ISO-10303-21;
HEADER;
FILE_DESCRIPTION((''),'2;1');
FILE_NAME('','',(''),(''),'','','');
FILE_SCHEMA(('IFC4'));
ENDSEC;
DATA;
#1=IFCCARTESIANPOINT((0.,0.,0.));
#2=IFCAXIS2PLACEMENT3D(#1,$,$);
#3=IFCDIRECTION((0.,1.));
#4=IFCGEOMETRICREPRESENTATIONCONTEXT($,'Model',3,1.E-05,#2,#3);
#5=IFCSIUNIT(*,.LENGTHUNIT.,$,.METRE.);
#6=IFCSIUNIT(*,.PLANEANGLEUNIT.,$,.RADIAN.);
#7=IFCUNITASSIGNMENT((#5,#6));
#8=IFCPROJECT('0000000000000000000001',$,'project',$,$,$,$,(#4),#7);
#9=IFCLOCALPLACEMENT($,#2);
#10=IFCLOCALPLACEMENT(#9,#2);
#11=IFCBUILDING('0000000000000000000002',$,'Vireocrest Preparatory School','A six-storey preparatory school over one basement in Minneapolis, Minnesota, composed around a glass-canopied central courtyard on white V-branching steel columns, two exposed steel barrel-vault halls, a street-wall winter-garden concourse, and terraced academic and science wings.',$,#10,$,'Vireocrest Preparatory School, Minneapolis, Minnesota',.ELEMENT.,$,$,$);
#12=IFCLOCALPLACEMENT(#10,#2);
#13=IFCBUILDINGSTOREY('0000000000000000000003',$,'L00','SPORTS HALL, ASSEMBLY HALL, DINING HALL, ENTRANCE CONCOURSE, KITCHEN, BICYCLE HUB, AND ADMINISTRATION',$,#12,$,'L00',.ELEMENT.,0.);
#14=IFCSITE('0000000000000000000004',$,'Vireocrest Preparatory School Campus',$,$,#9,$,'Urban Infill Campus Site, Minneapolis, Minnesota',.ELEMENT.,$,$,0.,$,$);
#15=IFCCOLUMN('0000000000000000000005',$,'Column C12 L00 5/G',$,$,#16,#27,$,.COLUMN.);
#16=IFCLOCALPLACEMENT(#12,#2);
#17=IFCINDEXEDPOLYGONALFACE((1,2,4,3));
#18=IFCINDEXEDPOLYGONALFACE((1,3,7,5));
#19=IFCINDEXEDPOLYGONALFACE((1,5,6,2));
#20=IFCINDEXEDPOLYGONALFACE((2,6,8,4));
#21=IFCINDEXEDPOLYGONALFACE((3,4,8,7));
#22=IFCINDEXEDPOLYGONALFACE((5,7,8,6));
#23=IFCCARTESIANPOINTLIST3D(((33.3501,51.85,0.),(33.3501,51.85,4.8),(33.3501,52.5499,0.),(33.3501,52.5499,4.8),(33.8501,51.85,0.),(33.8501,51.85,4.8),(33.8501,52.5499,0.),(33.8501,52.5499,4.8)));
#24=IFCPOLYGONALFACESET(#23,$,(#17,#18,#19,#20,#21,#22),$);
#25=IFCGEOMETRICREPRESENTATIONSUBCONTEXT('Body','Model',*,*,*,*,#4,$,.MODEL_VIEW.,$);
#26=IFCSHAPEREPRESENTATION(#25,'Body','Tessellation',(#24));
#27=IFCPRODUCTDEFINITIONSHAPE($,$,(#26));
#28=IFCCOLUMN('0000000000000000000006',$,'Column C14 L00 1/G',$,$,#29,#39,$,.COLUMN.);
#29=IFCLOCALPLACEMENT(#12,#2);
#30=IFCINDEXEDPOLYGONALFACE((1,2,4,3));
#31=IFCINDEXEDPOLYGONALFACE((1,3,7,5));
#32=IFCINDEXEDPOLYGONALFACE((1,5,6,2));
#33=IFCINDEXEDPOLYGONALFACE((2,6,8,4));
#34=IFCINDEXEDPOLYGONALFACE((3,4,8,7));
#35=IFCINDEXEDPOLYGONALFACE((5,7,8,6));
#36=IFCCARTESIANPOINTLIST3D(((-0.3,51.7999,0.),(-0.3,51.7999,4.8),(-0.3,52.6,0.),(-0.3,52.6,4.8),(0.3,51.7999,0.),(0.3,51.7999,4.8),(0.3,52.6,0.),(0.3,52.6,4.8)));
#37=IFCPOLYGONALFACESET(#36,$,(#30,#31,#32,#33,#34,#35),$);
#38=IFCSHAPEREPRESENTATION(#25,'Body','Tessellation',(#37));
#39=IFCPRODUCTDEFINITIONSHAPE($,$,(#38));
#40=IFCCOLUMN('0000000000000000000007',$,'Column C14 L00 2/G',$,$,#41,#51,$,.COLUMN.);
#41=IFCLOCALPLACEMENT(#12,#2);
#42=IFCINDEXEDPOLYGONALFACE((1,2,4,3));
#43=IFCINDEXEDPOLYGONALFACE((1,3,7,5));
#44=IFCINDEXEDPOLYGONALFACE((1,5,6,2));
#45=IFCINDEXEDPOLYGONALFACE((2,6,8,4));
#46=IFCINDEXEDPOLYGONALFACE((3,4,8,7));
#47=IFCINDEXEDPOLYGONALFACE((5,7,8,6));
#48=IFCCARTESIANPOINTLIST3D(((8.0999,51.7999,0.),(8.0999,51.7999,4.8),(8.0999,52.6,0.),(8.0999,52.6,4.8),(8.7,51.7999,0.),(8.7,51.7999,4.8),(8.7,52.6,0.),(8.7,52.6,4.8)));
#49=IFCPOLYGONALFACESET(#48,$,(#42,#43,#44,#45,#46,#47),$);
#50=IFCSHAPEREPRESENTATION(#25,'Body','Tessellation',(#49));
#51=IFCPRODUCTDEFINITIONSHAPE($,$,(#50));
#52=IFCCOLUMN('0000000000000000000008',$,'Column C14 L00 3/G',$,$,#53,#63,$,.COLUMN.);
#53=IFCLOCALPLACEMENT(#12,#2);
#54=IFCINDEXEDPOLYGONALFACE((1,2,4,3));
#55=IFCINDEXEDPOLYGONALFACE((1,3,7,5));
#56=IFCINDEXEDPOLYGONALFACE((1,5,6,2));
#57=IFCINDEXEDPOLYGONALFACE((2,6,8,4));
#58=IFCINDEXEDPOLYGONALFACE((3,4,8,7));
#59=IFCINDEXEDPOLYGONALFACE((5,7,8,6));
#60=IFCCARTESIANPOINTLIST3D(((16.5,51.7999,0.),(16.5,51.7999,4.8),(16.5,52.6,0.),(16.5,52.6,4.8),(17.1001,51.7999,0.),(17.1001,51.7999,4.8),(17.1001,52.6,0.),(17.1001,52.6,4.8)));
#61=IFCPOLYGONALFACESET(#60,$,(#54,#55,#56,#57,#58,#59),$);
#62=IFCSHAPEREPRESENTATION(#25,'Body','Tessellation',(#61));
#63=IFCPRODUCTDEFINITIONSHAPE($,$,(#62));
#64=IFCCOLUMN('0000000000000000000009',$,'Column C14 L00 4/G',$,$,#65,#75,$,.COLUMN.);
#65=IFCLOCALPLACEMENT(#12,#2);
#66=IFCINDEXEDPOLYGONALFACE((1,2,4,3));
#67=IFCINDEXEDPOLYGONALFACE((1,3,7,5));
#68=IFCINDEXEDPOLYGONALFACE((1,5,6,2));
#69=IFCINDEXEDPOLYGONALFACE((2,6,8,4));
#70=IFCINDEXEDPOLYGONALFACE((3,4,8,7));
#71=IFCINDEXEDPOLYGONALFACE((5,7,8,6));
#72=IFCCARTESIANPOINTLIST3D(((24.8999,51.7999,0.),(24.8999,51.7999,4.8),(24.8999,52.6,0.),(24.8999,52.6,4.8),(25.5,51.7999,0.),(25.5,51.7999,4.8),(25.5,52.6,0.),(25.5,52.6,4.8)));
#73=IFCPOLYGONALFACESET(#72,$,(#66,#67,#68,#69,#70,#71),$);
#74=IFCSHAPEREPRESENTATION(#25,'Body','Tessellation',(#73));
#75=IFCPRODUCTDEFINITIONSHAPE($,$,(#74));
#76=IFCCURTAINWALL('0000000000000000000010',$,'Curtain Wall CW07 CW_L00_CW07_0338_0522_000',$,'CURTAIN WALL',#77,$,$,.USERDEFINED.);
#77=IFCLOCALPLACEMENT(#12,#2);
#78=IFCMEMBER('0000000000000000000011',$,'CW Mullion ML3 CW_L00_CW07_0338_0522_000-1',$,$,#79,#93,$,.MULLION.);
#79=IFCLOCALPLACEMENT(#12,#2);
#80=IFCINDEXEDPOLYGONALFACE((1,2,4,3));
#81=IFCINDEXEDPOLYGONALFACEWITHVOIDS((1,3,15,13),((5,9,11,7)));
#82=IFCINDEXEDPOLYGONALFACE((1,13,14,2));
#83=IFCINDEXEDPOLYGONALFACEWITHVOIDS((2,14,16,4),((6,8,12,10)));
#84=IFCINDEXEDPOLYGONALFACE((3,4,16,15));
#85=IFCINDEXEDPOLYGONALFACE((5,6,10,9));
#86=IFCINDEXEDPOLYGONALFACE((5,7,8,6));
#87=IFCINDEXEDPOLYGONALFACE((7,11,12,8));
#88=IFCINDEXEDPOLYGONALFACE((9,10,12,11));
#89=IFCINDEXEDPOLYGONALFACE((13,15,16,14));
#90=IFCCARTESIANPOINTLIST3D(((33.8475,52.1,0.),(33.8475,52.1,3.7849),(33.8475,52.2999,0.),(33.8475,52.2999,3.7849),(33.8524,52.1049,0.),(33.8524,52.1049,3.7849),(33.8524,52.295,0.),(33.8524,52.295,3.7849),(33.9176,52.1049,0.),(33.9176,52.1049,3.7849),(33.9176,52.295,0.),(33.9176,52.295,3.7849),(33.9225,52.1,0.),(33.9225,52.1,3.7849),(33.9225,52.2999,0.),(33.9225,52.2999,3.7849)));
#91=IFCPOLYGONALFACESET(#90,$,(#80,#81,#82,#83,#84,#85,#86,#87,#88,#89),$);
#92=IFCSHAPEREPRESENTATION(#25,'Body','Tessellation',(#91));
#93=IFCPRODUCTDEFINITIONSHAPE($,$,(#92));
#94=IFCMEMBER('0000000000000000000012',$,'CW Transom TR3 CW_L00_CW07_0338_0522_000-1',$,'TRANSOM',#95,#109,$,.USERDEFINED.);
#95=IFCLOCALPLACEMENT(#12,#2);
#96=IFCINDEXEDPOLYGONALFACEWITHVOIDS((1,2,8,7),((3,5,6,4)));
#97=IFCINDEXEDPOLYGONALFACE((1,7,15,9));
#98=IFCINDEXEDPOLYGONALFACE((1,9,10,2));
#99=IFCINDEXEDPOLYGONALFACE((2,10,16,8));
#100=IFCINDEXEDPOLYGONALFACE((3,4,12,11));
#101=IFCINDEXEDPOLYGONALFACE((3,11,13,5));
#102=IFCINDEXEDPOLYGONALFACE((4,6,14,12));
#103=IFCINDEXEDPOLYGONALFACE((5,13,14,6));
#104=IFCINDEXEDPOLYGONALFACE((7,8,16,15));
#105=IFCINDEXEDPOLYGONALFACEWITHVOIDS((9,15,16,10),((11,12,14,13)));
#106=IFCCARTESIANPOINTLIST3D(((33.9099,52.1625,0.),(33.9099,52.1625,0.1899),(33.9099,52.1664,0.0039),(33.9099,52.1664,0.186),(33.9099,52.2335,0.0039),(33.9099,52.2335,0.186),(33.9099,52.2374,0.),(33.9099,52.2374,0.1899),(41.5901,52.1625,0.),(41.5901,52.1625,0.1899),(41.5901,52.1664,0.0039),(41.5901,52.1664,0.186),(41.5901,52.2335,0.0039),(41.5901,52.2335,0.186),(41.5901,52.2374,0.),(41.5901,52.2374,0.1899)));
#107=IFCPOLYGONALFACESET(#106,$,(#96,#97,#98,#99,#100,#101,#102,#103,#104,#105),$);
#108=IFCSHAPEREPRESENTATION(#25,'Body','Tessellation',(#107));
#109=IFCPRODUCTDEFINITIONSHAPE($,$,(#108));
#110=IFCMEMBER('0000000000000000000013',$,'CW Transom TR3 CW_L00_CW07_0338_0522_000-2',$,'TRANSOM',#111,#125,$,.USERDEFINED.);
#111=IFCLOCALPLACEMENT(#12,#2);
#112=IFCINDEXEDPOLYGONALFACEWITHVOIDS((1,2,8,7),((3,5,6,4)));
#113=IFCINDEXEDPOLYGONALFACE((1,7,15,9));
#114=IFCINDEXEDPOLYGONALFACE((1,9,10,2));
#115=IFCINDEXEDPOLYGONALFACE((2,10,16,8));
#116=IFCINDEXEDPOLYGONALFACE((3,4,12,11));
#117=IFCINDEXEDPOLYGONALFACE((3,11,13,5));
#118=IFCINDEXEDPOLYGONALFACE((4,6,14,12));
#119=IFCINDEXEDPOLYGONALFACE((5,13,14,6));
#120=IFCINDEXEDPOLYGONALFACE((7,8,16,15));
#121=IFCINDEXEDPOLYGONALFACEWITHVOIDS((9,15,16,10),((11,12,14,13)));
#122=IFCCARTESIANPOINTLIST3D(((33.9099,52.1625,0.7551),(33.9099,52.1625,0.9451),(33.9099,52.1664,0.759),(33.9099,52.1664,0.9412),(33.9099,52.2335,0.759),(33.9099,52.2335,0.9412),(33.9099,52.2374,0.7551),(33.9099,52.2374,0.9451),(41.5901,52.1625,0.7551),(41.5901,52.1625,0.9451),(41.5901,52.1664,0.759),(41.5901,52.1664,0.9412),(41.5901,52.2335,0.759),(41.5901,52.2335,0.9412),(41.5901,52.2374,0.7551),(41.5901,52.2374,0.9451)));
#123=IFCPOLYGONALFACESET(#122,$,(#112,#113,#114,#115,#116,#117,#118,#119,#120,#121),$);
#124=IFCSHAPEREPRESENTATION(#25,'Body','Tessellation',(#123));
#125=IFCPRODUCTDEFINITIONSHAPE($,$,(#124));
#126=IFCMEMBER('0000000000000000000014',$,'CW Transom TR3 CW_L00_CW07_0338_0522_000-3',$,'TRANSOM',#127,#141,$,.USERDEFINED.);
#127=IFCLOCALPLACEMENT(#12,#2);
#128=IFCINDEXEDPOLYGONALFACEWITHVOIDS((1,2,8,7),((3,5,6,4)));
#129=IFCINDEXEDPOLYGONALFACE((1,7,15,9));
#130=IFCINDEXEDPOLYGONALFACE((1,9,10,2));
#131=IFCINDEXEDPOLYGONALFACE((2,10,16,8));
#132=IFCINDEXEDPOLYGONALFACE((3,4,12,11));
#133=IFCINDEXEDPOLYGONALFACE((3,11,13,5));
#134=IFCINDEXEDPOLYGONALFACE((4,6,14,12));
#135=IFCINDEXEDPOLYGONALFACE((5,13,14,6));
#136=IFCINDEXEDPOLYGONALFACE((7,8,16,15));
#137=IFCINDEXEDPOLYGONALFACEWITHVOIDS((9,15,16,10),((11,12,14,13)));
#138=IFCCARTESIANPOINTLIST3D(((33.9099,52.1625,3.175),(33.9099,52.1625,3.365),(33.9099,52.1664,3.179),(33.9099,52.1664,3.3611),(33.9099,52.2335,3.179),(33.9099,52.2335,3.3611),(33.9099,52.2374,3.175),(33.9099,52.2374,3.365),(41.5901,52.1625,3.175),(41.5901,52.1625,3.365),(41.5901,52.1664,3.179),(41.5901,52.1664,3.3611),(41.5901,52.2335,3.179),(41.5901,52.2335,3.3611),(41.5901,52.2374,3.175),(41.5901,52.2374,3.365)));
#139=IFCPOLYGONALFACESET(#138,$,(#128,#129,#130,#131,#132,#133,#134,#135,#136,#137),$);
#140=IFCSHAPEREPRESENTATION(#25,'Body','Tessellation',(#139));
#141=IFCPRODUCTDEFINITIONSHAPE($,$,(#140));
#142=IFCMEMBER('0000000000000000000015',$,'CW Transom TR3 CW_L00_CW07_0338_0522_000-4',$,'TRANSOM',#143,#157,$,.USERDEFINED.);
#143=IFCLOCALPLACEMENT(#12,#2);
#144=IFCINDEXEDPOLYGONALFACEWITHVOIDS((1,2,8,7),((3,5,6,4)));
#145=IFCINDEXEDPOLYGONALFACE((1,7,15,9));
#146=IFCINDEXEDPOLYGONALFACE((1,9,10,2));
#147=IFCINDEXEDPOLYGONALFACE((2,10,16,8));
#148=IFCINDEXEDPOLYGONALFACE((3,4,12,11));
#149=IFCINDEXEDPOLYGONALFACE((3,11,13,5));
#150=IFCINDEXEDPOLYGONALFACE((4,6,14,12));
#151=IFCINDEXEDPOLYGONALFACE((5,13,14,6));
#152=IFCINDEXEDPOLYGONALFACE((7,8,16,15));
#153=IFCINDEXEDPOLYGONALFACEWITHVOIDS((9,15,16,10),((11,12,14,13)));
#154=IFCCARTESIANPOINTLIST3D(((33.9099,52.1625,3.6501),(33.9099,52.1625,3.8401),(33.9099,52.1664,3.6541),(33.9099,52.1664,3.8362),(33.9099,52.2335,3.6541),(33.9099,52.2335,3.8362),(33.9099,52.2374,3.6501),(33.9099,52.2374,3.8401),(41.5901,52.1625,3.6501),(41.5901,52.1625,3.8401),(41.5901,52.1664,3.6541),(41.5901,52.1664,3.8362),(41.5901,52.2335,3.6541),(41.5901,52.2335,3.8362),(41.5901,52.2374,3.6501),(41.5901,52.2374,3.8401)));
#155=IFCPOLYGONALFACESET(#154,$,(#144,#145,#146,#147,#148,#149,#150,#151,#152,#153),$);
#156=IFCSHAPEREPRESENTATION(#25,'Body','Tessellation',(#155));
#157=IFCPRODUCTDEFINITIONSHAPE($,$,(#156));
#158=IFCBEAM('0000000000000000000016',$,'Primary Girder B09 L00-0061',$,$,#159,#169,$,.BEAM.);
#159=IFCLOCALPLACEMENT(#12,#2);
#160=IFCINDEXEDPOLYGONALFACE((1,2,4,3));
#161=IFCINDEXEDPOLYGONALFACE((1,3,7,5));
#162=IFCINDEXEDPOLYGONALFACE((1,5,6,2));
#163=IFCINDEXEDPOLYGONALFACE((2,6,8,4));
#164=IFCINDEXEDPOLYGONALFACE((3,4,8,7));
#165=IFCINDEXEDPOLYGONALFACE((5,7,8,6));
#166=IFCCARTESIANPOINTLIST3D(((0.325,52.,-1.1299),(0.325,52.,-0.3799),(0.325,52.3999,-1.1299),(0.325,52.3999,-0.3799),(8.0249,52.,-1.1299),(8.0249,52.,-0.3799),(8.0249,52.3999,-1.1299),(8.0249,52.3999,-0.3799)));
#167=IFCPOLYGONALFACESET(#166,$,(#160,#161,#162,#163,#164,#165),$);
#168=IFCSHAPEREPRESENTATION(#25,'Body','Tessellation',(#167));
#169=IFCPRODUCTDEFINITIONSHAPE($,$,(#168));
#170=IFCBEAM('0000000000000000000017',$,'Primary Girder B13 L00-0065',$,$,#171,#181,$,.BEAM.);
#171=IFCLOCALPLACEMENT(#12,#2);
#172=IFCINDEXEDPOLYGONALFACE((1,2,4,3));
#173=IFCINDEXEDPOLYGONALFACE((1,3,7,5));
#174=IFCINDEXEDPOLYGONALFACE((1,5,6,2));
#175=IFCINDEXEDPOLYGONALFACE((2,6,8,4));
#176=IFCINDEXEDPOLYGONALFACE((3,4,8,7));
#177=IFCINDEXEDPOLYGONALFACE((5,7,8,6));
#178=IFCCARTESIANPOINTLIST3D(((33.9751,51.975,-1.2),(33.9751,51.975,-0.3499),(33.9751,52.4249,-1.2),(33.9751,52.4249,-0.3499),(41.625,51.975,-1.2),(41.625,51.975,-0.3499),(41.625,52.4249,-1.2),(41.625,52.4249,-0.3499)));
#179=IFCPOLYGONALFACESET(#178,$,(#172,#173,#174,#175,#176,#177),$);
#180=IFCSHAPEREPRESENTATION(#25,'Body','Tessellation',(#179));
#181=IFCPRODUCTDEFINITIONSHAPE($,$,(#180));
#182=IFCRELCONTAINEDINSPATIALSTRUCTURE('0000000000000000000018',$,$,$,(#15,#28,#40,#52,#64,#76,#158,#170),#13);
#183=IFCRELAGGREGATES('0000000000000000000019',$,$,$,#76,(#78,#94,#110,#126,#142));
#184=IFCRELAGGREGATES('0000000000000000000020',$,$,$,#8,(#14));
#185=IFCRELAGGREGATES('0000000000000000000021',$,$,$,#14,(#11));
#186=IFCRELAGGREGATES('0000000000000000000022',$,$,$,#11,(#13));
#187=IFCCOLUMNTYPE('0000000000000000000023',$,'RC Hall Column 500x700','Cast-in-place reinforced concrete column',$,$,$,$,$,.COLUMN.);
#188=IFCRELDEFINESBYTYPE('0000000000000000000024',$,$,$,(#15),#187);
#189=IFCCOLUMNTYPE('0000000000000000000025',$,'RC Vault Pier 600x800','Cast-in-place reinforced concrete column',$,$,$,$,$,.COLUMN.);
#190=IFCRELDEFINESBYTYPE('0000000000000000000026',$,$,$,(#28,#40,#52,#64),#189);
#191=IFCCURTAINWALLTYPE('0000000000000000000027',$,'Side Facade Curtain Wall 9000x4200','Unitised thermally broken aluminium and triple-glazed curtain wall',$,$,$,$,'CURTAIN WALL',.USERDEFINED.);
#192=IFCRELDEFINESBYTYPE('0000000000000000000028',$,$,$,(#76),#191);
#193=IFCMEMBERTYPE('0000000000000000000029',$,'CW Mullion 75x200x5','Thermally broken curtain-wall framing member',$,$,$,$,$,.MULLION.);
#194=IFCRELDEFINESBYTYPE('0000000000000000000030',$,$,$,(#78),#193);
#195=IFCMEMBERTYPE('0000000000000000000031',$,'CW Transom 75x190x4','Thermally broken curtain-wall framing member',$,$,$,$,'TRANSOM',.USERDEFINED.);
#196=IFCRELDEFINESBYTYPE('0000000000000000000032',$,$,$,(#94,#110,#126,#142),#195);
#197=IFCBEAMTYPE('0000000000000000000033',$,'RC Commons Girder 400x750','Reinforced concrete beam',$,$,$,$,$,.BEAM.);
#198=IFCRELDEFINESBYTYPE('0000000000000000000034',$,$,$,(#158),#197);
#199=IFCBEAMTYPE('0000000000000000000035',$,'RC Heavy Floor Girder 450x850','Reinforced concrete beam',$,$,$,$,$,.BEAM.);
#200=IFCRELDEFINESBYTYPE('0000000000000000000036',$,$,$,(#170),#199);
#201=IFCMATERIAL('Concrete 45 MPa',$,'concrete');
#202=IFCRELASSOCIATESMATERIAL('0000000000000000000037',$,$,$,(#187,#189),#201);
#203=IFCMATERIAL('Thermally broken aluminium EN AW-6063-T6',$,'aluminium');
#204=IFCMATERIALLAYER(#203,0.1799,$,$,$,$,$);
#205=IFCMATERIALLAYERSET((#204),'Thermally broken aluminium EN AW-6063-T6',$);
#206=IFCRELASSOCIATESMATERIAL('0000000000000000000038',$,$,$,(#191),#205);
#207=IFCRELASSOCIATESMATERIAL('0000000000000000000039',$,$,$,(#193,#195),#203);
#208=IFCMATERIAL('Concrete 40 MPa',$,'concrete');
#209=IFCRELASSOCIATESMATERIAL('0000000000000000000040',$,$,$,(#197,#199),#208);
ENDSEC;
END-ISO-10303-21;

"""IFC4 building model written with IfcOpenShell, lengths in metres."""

from ifc_helpers import new_model, si_unit, direction, frame, origin, origin_2d, place, context, subcontext, project, spatial, rectangle, hollow_rectangle, extrude, material, layer, layer_set, material_profile, profile_set, type_object, element, aggregate, save


model = new_model("IFC4")

# Units and contexts
model_context = context("Model", 3, precision=1e-05, world=origin(), true_north=direction((0.0, 1.0)))
body_context = subcontext(model_context, "Body", "Model", "MODEL_VIEW")
ifc_project = project(units=[si_unit("LENGTHUNIT", "METRE"), si_unit("PLANEANGLEUNIT", "RADIAN")], contexts=[model_context])

# Site, building, storey
site_placement = place(None, origin())
site = spatial("IfcSite", under=ifc_project, at=site_placement, Name="Vireocrest Preparatory School Campus", LongName="Urban Infill Campus Site, Minneapolis, Minnesota", CompositionType="ELEMENT", RefElevation=0.0)
building_placement = place(site_placement, origin())
building = spatial("IfcBuilding", under=site, at=building_placement, Name="Vireocrest Preparatory School", Description="A six-storey preparatory school over one basement in Minneapolis, Minnesota, composed around a glass-canopied central courtyard on white V-branching steel columns, two exposed steel barrel-vault halls, a street-wall winter-garden concourse, and terraced academic and science wings.", LongName="Vireocrest Preparatory School, Minneapolis, Minnesota", CompositionType="ELEMENT")
storey_placement = place(building_placement, origin())
storey = spatial("IfcBuildingStorey", under=building, at=storey_placement, Name="L00", Description="SPORTS HALL, ASSEMBLY HALL, DINING HALL, ENTRANCE CONCOURSE, KITCHEN, BICYCLE HUB, AND ADMINISTRATION", LongName="L00", CompositionType="ELEMENT", Elevation=0.0)

# Columns
ifc_material_1 = material(Name="Concrete 45 MPa", Category="concrete")
ifc_material_profile_1 = material_profile(ifc_material_1, rectangle(XDim=0.5, YDim=0.7, at=origin_2d()), Name="RC 500x700")
ifc_profile_set_1 = profile_set([ifc_material_profile_1], Name="Concrete 45 MPa")
column_type_1 = type_object("IfcColumnType", Name="RC Hall Column 500x700", Description="Cast-in-place reinforced concrete column", PredefinedType="COLUMN", material=ifc_profile_set_1)
column_placement = place(storey_placement, frame((33.6001, 52.2, 0.0), z_axis=(0.0, 0.0, 1.0), x_axis=(1.0, 0.0, 0.0)))
element("IfcColumn", 1, at=column_placement, inside=storey, type_object=column_type_1, Name="Column C12 L00 5/G", PredefinedType="COLUMN", context=body_context, shape_type="SweptSolid", body=[
    extrude(rectangle(XDim=0.5, YDim=0.7, at=origin_2d()), origin(), (0.0, 0.0, 1.0), 4.8),
])
ifc_material_profile_2 = material_profile(ifc_material_1, rectangle(XDim=0.6001, YDim=0.8, at=origin_2d()), Name="RC 600x800")
ifc_profile_set_2 = profile_set([ifc_material_profile_2], Name="Concrete 45 MPa")
column_type_2 = type_object("IfcColumnType", Name="RC Vault Pier 600x800", Description="Cast-in-place reinforced concrete column", PredefinedType="COLUMN", material=ifc_profile_set_2)
for number, where, z_axis, x_axis, name in (
    (2, (0.0, 52.2, 0.0), (0.0, 0.0, 1.0), (1.0, 0.0, 0.0), "Column C14 L00 1/G"),
    (3, (8.3999, 52.2, 0.0), (0.0, 0.0, 1.0), (1.0, 0.0, 0.0), "Column C14 L00 2/G"),
    (4, (16.8, 52.2, 0.0), (0.0, 0.0, 1.0), (1.0, 0.0, 0.0), "Column C14 L00 3/G"),
    (5, (25.2, 52.2, 0.0), (0.0, 0.0, 1.0), (1.0, 0.0, 0.0), "Column C14 L00 4/G"),
):
    element("IfcColumn", number, at=place(storey_placement, frame(where, z_axis=z_axis, x_axis=x_axis)), inside=storey, type_object=column_type_2, Name=name, PredefinedType="COLUMN", context=body_context, shape_type="SweptSolid", body=[
        extrude(rectangle(XDim=0.6001, YDim=0.8, at=origin_2d()), origin(), (0.0, 0.0, 1.0), 4.8),
    ])

# Curtain wall, members
ifc_material_2 = material(Name="Thermally broken aluminium EN AW-6063-T6", Category="aluminium")
ifc_layer_1 = layer(ifc_material_2, 0.1799)
ifc_layer_set_1 = layer_set([ifc_layer_1], Name="Thermally broken aluminium EN AW-6063-T6")
curtain_wall_type = type_object("IfcCurtainWallType", Name="Side Facade Curtain Wall 9000x4200", Description="Unitised thermally broken aluminium and triple-glazed curtain wall", ElementType="CURTAIN WALL", PredefinedType="USERDEFINED", material=ifc_layer_set_1)
curtain_wall_placement = place(storey_placement, origin())
curtain_wall = element("IfcCurtainWall", 6, at=curtain_wall_placement, inside=storey, type_object=curtain_wall_type, Name="Curtain Wall CW07 CW_L00_CW07_0338_0522_000", ObjectType="CURTAIN WALL", PredefinedType="USERDEFINED")
ifc_material_profile_3 = material_profile(ifc_material_2, hollow_rectangle(XDim=0.075, YDim=0.2, WallThickness=0.0049, at=origin_2d()), Name="ALU 75x200x5")
ifc_profile_set_3 = profile_set([ifc_material_profile_3], Name="Thermally broken aluminium EN AW-6063-T6")
member_type_1 = type_object("IfcMemberType", Name="CW Mullion 75x200x5", Description="Thermally broken curtain-wall framing member", PredefinedType="MULLION", material=ifc_profile_set_3)
member_1_placement = place(storey_placement, frame((33.885, 52.2, 0.0), z_axis=(0.0, 0.0, 1.0), x_axis=(1.0, 0.0, 0.0)))
member_1 = element("IfcMember", 7, at=member_1_placement, type_object=member_type_1, Name="CW Mullion ML3 CW_L00_CW07_0338_0522_000-1", PredefinedType="MULLION", context=body_context, shape_type="SweptSolid", body=[
    extrude(hollow_rectangle(XDim=0.075, YDim=0.2, WallThickness=0.0049, at=origin_2d()), origin(), (0.0, 0.0, 1.0), 3.7849),
])
ifc_material_profile_4 = material_profile(ifc_material_2, hollow_rectangle(XDim=0.075, YDim=0.1899, WallThickness=0.0039, at=origin_2d()), Name="ALU 75x190x4")
ifc_profile_set_4 = profile_set([ifc_material_profile_4], Name="Thermally broken aluminium EN AW-6063-T6")
member_type_2 = type_object("IfcMemberType", Name="CW Transom 75x190x4", Description="Thermally broken curtain-wall framing member", ElementType="TRANSOM", PredefinedType="USERDEFINED", material=ifc_profile_set_4)
member_2_placement = place(storey_placement, frame((33.9099, 52.2, 0.095), z_axis=(1.0, 0.0, 0.0), x_axis=(0.0, 1.0, 0.0)))
member_2 = element("IfcMember", 8, at=member_2_placement, type_object=member_type_2, Name="CW Transom TR3 CW_L00_CW07_0338_0522_000-1", ObjectType="TRANSOM", PredefinedType="USERDEFINED", context=body_context, shape_type="SweptSolid", body=[
    extrude(hollow_rectangle(XDim=0.075, YDim=0.1899, WallThickness=0.0039, at=origin_2d()), origin(), (0.0, 0.0, 1.0), 7.6802),
])
member_3_placement = place(storey_placement, frame((33.9099, 52.2, 0.8501), z_axis=(1.0, 0.0, 0.0), x_axis=(0.0, 1.0, 0.0)))
member_3 = element("IfcMember", 9, at=member_3_placement, type_object=member_type_2, Name="CW Transom TR3 CW_L00_CW07_0338_0522_000-2", ObjectType="TRANSOM", PredefinedType="USERDEFINED", context=body_context, shape_type="SweptSolid", body=[
    extrude(hollow_rectangle(XDim=0.075, YDim=0.1899, WallThickness=0.0039, at=origin_2d()), origin(), (0.0, 0.0, 1.0), 7.6802),
])
member_4_placement = place(storey_placement, frame((33.9099, 52.2, 3.27), z_axis=(1.0, 0.0, 0.0), x_axis=(0.0, 1.0, 0.0)))
member_4 = element("IfcMember", 10, at=member_4_placement, type_object=member_type_2, Name="CW Transom TR3 CW_L00_CW07_0338_0522_000-3", ObjectType="TRANSOM", PredefinedType="USERDEFINED", context=body_context, shape_type="SweptSolid", body=[
    extrude(hollow_rectangle(XDim=0.075, YDim=0.1899, WallThickness=0.0039, at=origin_2d()), origin(), (0.0, 0.0, 1.0), 7.6802),
])
member_5_placement = place(storey_placement, frame((33.9099, 52.2, 3.7451), z_axis=(1.0, 0.0, 0.0), x_axis=(0.0, 1.0, 0.0)))
member_5 = element("IfcMember", 11, at=member_5_placement, type_object=member_type_2, Name="CW Transom TR3 CW_L00_CW07_0338_0522_000-4", ObjectType="TRANSOM", PredefinedType="USERDEFINED", context=body_context, shape_type="SweptSolid", body=[
    extrude(hollow_rectangle(XDim=0.075, YDim=0.1899, WallThickness=0.0039, at=origin_2d()), origin(), (0.0, 0.0, 1.0), 7.6802),
])

# Beams
ifc_material_3 = material(Name="Concrete 40 MPa", Category="concrete")
ifc_material_profile_5 = material_profile(ifc_material_3, rectangle(XDim=0.3999, YDim=0.75, at=origin_2d()), Name="RC 400x750")
ifc_profile_set_5 = profile_set([ifc_material_profile_5], Name="Concrete 40 MPa")
beam_type_1 = type_object("IfcBeamType", Name="RC Commons Girder 400x750", Description="Reinforced concrete beam", PredefinedType="BEAM", material=ifc_profile_set_5)
beam_1_placement = place(storey_placement, frame((0.325, 52.2, -0.7549), z_axis=(1.0, 0.0, 0.0), x_axis=(0.0, 1.0, 0.0)))
element("IfcBeam", 12, at=beam_1_placement, inside=storey, type_object=beam_type_1, Name="Primary Girder B09 L00-0061", PredefinedType="BEAM", context=body_context, shape_type="SweptSolid", body=[
    extrude(rectangle(XDim=0.3999, YDim=0.75, at=origin_2d()), origin(), (0.0, 0.0, 1.0), 7.7),
])
ifc_material_profile_6 = material_profile(ifc_material_3, rectangle(XDim=0.45, YDim=0.8501, at=origin_2d()), Name="RC 450x850")
ifc_profile_set_6 = profile_set([ifc_material_profile_6], Name="Concrete 40 MPa")
beam_type_2 = type_object("IfcBeamType", Name="RC Heavy Floor Girder 450x850", Description="Reinforced concrete beam", PredefinedType="BEAM", material=ifc_profile_set_6)
beam_2_placement = place(storey_placement, frame((33.9751, 52.2, -0.7749), z_axis=(1.0, 0.0, 0.0), x_axis=(0.0, 1.0, 0.0)))
element("IfcBeam", 13, at=beam_2_placement, inside=storey, type_object=beam_type_2, Name="Primary Girder B13 L00-0065", PredefinedType="BEAM", context=body_context, shape_type="SweptSolid", body=[
    extrude(rectangle(XDim=0.45, YDim=0.8501, at=origin_2d()), origin(), (0.0, 0.0, 1.0), 7.6499),
])

aggregate(curtain_wall, [member_1, member_2, member_3, member_4, member_5])

save(model, "model.ifc")
